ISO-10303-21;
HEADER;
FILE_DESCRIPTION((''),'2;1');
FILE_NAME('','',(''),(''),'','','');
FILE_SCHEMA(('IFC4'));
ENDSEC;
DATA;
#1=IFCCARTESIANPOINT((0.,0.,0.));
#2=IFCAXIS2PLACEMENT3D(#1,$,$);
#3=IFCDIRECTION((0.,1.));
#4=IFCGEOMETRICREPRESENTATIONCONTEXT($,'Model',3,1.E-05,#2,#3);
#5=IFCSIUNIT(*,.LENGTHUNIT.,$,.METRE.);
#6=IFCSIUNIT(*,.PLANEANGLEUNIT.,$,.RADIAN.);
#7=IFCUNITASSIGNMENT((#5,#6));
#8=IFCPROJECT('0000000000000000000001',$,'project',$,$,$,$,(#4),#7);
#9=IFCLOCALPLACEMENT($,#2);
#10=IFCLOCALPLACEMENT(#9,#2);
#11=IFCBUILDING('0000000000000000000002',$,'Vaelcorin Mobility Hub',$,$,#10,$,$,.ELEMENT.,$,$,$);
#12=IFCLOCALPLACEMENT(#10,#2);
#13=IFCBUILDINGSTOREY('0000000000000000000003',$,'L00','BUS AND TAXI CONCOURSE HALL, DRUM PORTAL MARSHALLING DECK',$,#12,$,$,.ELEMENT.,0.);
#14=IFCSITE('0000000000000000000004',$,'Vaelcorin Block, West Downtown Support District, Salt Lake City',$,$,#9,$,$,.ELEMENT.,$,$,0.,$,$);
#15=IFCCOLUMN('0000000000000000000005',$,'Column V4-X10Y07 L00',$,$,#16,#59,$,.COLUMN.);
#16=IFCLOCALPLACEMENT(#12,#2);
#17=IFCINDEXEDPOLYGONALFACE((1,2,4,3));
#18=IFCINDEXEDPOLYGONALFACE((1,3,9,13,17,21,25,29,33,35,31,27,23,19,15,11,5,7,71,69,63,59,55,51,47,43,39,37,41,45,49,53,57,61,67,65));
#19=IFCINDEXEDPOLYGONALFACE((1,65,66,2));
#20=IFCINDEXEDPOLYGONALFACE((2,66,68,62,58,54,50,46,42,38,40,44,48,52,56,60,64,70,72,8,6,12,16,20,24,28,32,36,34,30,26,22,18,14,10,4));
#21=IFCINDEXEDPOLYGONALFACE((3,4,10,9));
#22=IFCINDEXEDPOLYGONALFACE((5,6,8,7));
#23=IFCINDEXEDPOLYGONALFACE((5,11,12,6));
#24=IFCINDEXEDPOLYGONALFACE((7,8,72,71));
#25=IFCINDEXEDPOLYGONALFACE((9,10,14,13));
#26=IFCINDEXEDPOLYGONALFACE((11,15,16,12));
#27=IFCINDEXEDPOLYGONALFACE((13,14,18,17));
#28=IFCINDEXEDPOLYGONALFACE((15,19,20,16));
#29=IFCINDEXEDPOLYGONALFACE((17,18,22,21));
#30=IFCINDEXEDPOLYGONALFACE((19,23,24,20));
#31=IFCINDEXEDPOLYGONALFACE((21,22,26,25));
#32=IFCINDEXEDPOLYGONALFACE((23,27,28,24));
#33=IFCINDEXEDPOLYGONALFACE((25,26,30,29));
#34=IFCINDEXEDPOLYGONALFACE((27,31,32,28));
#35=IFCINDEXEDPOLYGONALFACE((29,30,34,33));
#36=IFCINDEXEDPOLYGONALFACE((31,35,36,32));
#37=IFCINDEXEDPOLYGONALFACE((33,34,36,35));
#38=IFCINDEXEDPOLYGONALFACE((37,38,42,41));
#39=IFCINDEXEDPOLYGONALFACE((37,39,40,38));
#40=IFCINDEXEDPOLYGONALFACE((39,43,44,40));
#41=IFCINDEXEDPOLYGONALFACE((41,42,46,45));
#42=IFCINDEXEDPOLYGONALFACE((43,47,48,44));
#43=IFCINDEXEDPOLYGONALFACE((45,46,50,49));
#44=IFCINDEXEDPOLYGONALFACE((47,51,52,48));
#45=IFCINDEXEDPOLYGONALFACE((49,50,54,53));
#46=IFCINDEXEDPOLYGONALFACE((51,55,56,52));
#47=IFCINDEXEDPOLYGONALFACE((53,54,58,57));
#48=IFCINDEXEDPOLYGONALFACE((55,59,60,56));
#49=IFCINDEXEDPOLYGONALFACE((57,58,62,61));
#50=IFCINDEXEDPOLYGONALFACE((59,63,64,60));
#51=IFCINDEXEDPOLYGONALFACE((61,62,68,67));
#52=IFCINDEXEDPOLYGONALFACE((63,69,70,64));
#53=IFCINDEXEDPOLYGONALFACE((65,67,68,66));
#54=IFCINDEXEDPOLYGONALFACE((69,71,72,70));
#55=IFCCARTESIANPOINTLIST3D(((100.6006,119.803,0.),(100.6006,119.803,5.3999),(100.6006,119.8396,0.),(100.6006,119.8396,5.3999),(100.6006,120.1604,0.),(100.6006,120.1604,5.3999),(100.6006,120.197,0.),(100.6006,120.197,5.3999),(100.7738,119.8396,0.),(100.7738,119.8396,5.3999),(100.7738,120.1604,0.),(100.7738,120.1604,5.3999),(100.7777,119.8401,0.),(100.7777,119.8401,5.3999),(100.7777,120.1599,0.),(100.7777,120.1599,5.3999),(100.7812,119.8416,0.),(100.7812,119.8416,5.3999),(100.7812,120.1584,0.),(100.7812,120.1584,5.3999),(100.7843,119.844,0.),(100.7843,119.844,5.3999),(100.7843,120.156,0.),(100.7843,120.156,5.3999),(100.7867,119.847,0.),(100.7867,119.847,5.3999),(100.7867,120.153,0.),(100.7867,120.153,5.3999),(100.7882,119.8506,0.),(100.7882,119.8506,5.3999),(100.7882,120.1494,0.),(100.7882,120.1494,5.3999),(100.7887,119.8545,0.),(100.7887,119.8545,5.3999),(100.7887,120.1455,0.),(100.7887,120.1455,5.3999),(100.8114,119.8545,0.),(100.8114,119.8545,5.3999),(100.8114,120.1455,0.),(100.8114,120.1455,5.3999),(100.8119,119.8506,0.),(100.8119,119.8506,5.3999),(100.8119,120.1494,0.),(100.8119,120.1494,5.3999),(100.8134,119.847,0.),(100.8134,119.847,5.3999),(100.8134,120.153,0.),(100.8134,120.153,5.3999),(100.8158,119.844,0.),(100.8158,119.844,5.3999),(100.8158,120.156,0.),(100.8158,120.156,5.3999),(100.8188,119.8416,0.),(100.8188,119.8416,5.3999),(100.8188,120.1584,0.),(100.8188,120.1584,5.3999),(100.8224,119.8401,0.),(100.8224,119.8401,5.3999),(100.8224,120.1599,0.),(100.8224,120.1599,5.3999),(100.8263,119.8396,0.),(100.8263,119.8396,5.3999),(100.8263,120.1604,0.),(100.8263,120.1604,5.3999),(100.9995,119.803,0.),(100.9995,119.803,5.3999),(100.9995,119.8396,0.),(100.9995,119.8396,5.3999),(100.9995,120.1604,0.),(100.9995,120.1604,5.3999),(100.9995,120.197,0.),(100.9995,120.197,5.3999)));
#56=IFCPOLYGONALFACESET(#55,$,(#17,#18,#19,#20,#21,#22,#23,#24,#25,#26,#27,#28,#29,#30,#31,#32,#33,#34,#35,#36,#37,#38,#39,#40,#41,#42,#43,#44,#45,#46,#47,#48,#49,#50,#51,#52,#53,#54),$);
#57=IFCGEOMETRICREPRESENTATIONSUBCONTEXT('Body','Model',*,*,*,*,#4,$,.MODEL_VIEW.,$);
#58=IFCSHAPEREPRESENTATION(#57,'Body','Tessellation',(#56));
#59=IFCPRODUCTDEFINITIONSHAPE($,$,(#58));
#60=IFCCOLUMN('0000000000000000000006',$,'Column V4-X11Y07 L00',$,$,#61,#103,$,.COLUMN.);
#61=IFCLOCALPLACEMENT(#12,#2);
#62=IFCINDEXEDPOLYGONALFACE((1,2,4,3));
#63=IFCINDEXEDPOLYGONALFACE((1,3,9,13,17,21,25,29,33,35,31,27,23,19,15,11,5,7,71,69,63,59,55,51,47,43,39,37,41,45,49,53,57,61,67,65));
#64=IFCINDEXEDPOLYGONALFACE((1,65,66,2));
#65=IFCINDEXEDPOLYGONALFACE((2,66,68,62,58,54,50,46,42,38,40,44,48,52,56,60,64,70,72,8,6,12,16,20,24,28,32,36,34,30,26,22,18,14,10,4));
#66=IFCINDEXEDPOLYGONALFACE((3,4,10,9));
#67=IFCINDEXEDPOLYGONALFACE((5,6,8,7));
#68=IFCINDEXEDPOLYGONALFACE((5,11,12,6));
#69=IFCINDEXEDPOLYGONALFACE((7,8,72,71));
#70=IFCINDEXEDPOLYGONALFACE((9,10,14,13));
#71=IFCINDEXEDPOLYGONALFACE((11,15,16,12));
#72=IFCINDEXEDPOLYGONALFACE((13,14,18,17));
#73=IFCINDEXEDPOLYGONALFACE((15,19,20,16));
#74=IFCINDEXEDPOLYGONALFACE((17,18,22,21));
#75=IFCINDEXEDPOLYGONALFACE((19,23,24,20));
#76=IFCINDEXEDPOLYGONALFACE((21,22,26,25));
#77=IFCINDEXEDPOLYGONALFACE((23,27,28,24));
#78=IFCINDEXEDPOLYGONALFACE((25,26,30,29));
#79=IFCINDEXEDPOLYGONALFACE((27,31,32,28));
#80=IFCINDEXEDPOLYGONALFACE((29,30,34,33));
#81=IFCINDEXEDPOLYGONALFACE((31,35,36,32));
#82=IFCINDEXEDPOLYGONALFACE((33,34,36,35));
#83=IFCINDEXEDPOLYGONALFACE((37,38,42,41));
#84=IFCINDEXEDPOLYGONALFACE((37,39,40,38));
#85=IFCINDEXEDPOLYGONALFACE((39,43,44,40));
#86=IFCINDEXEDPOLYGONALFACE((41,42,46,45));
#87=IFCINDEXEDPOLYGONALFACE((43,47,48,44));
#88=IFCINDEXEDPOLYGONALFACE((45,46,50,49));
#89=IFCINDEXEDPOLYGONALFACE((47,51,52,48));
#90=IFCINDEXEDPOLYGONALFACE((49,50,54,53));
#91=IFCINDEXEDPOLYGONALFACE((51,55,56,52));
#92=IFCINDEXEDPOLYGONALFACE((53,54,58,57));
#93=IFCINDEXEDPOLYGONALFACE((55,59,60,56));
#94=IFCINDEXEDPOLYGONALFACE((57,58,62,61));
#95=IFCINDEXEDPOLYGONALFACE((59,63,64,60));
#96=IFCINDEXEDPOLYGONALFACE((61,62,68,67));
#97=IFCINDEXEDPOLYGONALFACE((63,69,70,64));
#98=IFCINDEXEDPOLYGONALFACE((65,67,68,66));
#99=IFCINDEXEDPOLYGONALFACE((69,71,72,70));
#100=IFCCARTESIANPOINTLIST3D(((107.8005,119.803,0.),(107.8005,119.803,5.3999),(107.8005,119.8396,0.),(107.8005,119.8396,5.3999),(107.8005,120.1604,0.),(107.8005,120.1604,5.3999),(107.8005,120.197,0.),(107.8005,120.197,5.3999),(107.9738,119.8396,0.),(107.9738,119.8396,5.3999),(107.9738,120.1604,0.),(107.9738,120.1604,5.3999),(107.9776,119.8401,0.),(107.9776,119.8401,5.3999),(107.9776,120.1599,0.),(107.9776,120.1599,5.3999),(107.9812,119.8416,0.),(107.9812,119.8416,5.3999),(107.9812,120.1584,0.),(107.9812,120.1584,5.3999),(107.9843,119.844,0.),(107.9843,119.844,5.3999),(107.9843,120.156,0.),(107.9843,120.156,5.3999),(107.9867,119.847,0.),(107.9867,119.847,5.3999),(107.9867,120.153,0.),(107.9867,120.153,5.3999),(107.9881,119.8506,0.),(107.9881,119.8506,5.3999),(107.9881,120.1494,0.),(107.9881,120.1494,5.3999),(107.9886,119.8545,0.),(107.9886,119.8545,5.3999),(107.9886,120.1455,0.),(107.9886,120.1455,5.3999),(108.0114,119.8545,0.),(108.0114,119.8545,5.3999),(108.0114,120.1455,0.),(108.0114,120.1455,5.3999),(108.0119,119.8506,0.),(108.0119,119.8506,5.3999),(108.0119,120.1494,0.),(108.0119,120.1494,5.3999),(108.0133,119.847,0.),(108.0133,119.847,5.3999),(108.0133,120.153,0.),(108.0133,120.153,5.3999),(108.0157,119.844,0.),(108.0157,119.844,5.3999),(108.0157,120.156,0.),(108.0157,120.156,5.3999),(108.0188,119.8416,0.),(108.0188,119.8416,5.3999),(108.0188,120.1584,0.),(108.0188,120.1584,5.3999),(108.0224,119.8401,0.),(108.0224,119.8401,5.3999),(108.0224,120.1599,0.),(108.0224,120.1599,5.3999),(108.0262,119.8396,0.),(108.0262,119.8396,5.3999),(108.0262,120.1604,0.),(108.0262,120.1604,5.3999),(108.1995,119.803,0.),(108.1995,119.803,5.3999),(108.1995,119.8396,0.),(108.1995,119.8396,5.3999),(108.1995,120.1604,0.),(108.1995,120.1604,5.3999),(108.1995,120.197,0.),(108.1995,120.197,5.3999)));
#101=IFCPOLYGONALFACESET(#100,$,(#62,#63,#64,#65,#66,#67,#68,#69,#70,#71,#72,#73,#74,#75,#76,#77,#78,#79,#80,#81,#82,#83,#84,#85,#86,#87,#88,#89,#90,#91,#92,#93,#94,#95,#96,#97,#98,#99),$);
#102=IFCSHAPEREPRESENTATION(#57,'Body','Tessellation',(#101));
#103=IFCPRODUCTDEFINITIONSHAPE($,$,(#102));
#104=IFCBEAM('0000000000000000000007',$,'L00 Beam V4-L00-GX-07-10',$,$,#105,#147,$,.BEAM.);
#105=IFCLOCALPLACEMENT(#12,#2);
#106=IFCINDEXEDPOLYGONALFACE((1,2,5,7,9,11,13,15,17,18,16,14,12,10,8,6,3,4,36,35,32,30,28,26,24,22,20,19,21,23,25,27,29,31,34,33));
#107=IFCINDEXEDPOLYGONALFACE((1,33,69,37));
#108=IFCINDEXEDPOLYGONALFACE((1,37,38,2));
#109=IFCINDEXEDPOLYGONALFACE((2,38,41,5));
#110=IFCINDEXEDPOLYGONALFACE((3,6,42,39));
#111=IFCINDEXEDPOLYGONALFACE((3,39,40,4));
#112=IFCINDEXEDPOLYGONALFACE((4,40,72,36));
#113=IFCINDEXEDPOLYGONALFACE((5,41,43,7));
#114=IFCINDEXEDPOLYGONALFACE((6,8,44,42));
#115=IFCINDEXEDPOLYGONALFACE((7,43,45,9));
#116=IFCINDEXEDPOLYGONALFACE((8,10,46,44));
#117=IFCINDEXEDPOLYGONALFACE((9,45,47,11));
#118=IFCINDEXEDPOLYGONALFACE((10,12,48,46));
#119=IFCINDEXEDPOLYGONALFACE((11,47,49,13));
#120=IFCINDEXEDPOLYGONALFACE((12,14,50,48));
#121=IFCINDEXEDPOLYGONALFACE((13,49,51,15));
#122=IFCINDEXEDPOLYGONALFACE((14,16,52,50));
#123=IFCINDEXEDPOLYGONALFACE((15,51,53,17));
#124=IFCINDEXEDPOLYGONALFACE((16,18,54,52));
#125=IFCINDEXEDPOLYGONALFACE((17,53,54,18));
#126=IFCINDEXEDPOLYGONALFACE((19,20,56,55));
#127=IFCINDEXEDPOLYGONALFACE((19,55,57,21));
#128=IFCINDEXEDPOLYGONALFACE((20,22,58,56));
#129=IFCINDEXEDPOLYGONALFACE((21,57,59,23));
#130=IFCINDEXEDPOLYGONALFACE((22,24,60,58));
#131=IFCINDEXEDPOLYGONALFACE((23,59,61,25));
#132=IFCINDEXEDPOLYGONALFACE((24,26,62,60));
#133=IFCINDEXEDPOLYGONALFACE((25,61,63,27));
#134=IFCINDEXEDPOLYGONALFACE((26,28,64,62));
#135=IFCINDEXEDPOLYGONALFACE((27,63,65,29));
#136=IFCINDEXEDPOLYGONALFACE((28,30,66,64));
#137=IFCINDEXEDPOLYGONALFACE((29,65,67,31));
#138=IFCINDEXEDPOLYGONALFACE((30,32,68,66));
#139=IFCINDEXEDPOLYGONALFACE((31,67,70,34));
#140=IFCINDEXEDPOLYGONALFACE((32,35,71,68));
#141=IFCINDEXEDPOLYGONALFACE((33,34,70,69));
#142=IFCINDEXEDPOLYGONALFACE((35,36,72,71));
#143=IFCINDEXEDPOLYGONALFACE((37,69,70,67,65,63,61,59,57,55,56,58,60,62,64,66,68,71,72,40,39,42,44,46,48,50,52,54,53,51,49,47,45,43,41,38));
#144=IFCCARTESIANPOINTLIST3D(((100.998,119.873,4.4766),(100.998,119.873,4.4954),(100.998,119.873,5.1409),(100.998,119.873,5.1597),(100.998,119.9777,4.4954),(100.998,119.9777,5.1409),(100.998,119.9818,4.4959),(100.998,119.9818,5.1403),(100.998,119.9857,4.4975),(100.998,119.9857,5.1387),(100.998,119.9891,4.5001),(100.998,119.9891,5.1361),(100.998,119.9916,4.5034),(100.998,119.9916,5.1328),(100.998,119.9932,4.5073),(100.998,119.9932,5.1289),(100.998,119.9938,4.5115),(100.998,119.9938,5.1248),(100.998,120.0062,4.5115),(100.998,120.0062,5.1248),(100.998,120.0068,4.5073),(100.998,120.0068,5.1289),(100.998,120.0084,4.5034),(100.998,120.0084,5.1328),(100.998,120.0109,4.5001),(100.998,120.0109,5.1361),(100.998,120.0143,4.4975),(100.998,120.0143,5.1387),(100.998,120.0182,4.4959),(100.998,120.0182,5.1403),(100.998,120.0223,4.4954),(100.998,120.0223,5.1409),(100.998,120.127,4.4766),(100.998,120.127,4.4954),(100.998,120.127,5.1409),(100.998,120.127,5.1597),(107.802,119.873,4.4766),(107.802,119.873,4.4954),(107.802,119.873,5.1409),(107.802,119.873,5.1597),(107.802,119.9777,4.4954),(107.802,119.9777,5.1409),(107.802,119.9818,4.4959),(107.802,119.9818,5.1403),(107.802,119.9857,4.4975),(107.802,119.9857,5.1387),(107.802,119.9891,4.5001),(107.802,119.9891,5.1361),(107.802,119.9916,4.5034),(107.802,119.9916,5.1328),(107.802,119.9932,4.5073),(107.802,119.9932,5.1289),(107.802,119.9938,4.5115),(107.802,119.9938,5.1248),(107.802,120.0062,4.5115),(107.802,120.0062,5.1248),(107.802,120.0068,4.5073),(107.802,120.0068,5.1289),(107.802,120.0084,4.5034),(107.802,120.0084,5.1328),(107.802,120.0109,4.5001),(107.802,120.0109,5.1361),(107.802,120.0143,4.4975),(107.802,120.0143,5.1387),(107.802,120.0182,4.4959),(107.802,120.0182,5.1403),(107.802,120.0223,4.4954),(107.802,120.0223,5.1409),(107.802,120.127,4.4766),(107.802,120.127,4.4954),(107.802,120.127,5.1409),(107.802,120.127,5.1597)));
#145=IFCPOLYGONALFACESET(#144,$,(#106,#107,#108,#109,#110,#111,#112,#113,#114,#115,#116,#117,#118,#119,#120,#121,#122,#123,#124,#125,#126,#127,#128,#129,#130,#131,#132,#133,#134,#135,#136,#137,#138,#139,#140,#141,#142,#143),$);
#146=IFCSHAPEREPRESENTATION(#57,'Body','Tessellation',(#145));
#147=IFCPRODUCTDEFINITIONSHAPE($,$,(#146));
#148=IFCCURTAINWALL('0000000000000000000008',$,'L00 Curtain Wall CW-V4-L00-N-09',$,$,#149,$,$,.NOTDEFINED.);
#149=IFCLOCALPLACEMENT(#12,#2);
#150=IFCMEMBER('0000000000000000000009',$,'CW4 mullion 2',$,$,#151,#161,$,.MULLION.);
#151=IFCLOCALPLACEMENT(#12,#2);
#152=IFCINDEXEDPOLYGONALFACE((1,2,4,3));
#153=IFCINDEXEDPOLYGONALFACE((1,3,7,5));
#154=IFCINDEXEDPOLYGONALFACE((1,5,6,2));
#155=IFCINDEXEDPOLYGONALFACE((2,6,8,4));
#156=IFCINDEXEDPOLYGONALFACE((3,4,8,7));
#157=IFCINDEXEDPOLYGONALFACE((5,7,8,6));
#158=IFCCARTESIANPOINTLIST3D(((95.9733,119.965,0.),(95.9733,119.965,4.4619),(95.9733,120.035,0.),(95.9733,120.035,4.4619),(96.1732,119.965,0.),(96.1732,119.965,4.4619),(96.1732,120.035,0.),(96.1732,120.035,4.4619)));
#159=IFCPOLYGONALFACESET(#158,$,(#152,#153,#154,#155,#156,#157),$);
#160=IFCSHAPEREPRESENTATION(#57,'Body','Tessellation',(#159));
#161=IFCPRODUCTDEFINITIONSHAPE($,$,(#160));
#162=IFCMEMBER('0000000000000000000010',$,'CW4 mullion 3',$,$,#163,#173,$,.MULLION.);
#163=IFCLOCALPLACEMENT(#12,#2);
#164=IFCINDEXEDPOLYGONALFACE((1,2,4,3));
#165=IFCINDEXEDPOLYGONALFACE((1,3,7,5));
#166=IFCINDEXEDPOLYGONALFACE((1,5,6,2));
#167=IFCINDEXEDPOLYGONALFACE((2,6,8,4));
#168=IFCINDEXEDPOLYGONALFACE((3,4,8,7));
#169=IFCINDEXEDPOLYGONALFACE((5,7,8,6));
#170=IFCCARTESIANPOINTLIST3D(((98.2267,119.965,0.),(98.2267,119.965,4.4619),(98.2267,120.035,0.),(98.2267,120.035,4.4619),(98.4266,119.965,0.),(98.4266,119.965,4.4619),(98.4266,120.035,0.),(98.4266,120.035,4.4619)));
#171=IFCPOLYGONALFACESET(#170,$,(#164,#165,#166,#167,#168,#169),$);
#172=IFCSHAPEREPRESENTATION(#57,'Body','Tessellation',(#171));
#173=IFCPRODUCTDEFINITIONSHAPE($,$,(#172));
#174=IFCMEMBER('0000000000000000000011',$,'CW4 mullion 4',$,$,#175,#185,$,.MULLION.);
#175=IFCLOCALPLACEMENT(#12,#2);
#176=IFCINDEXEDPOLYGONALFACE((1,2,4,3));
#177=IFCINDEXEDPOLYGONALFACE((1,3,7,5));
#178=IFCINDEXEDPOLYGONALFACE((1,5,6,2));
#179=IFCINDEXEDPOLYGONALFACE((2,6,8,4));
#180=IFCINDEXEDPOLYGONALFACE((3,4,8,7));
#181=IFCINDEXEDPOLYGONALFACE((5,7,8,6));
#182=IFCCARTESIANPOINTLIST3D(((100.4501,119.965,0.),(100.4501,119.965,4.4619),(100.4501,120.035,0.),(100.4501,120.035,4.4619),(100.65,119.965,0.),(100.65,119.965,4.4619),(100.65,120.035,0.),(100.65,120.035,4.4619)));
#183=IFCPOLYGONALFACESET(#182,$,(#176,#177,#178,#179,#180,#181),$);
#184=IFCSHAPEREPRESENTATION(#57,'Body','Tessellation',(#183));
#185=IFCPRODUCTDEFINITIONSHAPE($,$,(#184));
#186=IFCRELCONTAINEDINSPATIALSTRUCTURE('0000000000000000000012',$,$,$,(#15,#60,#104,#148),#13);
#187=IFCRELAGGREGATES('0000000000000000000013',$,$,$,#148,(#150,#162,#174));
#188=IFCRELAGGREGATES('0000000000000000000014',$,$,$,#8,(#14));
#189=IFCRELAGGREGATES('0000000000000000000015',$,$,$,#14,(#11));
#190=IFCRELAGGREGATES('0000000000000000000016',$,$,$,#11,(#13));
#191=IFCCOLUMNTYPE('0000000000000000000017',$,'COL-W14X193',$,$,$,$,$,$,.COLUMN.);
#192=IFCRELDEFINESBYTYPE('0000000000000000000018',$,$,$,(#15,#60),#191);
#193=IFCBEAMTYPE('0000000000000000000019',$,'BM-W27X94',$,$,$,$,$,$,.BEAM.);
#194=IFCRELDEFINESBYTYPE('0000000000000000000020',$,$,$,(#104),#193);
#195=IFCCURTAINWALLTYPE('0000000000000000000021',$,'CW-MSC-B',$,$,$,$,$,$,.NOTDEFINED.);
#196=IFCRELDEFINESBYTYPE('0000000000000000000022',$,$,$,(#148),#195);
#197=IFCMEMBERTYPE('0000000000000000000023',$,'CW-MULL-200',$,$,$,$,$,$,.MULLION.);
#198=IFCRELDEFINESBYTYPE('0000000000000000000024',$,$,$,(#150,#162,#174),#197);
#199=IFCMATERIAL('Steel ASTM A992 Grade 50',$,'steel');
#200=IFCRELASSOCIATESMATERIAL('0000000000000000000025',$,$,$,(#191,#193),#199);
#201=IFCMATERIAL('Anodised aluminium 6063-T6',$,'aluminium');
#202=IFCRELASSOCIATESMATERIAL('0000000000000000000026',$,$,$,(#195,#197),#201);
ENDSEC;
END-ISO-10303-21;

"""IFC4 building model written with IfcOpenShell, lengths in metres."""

from ifc_helpers import new_model, si_unit, direction, frame, origin, origin_2d, place, context, subcontext, project, spatial, rectangle, i_section, extrude, material, material_profile, profile_set, type_object, element, aggregate, save


model = new_model("IFC4")

# Units and contexts
model_context = context("Model", 3, precision=1e-05, world=origin(), true_north=direction((0.0, 1.0)))
body_context = subcontext(model_context, "Body", "Model", "MODEL_VIEW")
ifc_project = project(units=[si_unit("LENGTHUNIT", "METRE"), si_unit("PLANEANGLEUNIT", "RADIAN")], contexts=[model_context])

# Site, building, storey
site_placement = place(None, origin())
site = spatial("IfcSite", under=ifc_project, at=site_placement, Name="Vaelcorin Block, West Downtown Support District, Salt Lake City", CompositionType="ELEMENT", RefElevation=0.0)
building_placement = place(site_placement, origin())
building = spatial("IfcBuilding", under=site, at=building_placement, Name="Vaelcorin Mobility Hub", CompositionType="ELEMENT")
storey_placement = place(building_placement, origin())
storey = spatial("IfcBuildingStorey", under=building, at=storey_placement, Name="L00", Description="BUS AND TAXI CONCOURSE HALL, DRUM PORTAL MARSHALLING DECK", CompositionType="ELEMENT", Elevation=0.0)

# Columns
ifc_material_1 = material(Name="Steel ASTM A992 Grade 50", Category="steel")
ifc_material_profile_1 = material_profile(ifc_material_1, i_section(OverallWidth=0.3989, OverallDepth=0.394, WebThickness=0.0227, FlangeThickness=0.0366, FilletRadius=0.0149, at=origin_2d()), Name="W14X193")
ifc_profile_set_1 = profile_set([ifc_material_profile_1], Name="Steel ASTM A992 Grade 50")
column_type = type_object("IfcColumnType", Name="COL-W14X193", PredefinedType="COLUMN", material=ifc_profile_set_1)
for number, where, z_axis, x_axis, name in (
    (1, (100.8, 120.0, 0.0), (0.0, 0.0, 1.0), (1.0, 0.0, 0.0), "Column V4-X10Y07 L00"),
    (2, (108.0, 120.0, 0.0), (0.0, 0.0, 1.0), (1.0, 0.0, 0.0), "Column V4-X11Y07 L00"),
):
    element("IfcColumn", number, at=place(storey_placement, frame(where, z_axis=z_axis, x_axis=x_axis)), inside=storey, type_object=column_type, Name=name, PredefinedType="COLUMN", context=body_context, shape_type="SweptSolid", body=[
        extrude(i_section(OverallWidth=0.3989, OverallDepth=0.394, WebThickness=0.0227, FlangeThickness=0.0366, FilletRadius=0.0149, at=origin_2d()), origin(), (0.0, 0.0, 1.0), 5.3999),
    ])

# Beam
ifc_material_profile_2 = material_profile(ifc_material_1, i_section(OverallWidth=0.2539, OverallDepth=0.6831, WebThickness=0.0125, FlangeThickness=0.0188, FilletRadius=0.0161, at=origin_2d()), Name="W27X94")
ifc_profile_set_2 = profile_set([ifc_material_profile_2], Name="Steel ASTM A992 Grade 50")
beam_type = type_object("IfcBeamType", Name="BM-W27X94", PredefinedType="BEAM", material=ifc_profile_set_2)
beam_placement = place(storey_placement, frame((100.998, 120.0, 4.8181), z_axis=(1.0, 0.0, 0.0), x_axis=(0.0, 1.0, 0.0)))
element("IfcBeam", 3, at=beam_placement, inside=storey, type_object=beam_type, Name="L00 Beam V4-L00-GX-07-10", PredefinedType="BEAM", context=body_context, shape_type="SweptSolid", body=[
    extrude(i_section(OverallWidth=0.2539, OverallDepth=0.6831, WebThickness=0.0125, FlangeThickness=0.0188, FilletRadius=0.0161, at=origin_2d()), origin(), (0.0, 0.0, 1.0), 6.804),
])

# Curtain wall, members
ifc_material_2 = material(Name="Anodised aluminium 6063-T6", Category="aluminium")
curtain_wall_type = type_object("IfcCurtainWallType", Name="CW-MSC-B", PredefinedType="NOTDEFINED", material=ifc_material_2)
curtain_wall_placement = place(storey_placement, origin())
curtain_wall = element("IfcCurtainWall", 4, at=curtain_wall_placement, inside=storey, type_object=curtain_wall_type, Name="L00 Curtain Wall CW-V4-L00-N-09", PredefinedType="NOTDEFINED")
ifc_material_profile_3 = material_profile(ifc_material_2, rectangle(XDim=0.0701, YDim=0.2, at=origin_2d()), Name="ALU-M70X200")
ifc_profile_set_3 = profile_set([ifc_material_profile_3], Name="Anodised aluminium 6063-T6")
member_type_1 = type_object("IfcMemberType", Name="CW-MULL-200", PredefinedType="MULLION", material=ifc_profile_set_3)
member_1_placement = place(storey_placement, frame((96.0732, 120.0, 0.0), z_axis=(0.0, 0.0, 1.0), x_axis=(0.0, 1.0, 0.0)))
member_1 = element("IfcMember", 5, at=member_1_placement, type_object=member_type_1, Name="CW4 mullion 2", PredefinedType="MULLION", context=body_context, shape_type="SweptSolid", body=[
    extrude(rectangle(XDim=0.0701, YDim=0.2, at=origin_2d()), origin(), (0.0, 0.0, 1.0), 4.4619),
])
member_2_placement = place(storey_placement, frame((98.3267, 120.0, 0.0), z_axis=(0.0, 0.0, 1.0), x_axis=(0.0, 1.0, 0.0)))
member_2 = element("IfcMember", 6, at=member_2_placement, type_object=member_type_1, Name="CW4 mullion 3", PredefinedType="MULLION", context=body_context, shape_type="SweptSolid", body=[
    extrude(rectangle(XDim=0.0701, YDim=0.2, at=origin_2d()), origin(), (0.0, 0.0, 1.0), 4.4619),
])
member_3_placement = place(storey_placement, frame((100.55, 120.0, 0.0), z_axis=(0.0, 0.0, 1.0), x_axis=(0.0, 1.0, 0.0)))
member_3 = element("IfcMember", 7, at=member_3_placement, type_object=member_type_1, Name="CW4 mullion 4", PredefinedType="MULLION", context=body_context, shape_type="SweptSolid", body=[
    extrude(rectangle(XDim=0.0701, YDim=0.2, at=origin_2d()), origin(), (0.0, 0.0, 1.0), 4.4619),
])
aggregate(curtain_wall, [member_1, member_2, member_3])

save(model, "model.ifc")
